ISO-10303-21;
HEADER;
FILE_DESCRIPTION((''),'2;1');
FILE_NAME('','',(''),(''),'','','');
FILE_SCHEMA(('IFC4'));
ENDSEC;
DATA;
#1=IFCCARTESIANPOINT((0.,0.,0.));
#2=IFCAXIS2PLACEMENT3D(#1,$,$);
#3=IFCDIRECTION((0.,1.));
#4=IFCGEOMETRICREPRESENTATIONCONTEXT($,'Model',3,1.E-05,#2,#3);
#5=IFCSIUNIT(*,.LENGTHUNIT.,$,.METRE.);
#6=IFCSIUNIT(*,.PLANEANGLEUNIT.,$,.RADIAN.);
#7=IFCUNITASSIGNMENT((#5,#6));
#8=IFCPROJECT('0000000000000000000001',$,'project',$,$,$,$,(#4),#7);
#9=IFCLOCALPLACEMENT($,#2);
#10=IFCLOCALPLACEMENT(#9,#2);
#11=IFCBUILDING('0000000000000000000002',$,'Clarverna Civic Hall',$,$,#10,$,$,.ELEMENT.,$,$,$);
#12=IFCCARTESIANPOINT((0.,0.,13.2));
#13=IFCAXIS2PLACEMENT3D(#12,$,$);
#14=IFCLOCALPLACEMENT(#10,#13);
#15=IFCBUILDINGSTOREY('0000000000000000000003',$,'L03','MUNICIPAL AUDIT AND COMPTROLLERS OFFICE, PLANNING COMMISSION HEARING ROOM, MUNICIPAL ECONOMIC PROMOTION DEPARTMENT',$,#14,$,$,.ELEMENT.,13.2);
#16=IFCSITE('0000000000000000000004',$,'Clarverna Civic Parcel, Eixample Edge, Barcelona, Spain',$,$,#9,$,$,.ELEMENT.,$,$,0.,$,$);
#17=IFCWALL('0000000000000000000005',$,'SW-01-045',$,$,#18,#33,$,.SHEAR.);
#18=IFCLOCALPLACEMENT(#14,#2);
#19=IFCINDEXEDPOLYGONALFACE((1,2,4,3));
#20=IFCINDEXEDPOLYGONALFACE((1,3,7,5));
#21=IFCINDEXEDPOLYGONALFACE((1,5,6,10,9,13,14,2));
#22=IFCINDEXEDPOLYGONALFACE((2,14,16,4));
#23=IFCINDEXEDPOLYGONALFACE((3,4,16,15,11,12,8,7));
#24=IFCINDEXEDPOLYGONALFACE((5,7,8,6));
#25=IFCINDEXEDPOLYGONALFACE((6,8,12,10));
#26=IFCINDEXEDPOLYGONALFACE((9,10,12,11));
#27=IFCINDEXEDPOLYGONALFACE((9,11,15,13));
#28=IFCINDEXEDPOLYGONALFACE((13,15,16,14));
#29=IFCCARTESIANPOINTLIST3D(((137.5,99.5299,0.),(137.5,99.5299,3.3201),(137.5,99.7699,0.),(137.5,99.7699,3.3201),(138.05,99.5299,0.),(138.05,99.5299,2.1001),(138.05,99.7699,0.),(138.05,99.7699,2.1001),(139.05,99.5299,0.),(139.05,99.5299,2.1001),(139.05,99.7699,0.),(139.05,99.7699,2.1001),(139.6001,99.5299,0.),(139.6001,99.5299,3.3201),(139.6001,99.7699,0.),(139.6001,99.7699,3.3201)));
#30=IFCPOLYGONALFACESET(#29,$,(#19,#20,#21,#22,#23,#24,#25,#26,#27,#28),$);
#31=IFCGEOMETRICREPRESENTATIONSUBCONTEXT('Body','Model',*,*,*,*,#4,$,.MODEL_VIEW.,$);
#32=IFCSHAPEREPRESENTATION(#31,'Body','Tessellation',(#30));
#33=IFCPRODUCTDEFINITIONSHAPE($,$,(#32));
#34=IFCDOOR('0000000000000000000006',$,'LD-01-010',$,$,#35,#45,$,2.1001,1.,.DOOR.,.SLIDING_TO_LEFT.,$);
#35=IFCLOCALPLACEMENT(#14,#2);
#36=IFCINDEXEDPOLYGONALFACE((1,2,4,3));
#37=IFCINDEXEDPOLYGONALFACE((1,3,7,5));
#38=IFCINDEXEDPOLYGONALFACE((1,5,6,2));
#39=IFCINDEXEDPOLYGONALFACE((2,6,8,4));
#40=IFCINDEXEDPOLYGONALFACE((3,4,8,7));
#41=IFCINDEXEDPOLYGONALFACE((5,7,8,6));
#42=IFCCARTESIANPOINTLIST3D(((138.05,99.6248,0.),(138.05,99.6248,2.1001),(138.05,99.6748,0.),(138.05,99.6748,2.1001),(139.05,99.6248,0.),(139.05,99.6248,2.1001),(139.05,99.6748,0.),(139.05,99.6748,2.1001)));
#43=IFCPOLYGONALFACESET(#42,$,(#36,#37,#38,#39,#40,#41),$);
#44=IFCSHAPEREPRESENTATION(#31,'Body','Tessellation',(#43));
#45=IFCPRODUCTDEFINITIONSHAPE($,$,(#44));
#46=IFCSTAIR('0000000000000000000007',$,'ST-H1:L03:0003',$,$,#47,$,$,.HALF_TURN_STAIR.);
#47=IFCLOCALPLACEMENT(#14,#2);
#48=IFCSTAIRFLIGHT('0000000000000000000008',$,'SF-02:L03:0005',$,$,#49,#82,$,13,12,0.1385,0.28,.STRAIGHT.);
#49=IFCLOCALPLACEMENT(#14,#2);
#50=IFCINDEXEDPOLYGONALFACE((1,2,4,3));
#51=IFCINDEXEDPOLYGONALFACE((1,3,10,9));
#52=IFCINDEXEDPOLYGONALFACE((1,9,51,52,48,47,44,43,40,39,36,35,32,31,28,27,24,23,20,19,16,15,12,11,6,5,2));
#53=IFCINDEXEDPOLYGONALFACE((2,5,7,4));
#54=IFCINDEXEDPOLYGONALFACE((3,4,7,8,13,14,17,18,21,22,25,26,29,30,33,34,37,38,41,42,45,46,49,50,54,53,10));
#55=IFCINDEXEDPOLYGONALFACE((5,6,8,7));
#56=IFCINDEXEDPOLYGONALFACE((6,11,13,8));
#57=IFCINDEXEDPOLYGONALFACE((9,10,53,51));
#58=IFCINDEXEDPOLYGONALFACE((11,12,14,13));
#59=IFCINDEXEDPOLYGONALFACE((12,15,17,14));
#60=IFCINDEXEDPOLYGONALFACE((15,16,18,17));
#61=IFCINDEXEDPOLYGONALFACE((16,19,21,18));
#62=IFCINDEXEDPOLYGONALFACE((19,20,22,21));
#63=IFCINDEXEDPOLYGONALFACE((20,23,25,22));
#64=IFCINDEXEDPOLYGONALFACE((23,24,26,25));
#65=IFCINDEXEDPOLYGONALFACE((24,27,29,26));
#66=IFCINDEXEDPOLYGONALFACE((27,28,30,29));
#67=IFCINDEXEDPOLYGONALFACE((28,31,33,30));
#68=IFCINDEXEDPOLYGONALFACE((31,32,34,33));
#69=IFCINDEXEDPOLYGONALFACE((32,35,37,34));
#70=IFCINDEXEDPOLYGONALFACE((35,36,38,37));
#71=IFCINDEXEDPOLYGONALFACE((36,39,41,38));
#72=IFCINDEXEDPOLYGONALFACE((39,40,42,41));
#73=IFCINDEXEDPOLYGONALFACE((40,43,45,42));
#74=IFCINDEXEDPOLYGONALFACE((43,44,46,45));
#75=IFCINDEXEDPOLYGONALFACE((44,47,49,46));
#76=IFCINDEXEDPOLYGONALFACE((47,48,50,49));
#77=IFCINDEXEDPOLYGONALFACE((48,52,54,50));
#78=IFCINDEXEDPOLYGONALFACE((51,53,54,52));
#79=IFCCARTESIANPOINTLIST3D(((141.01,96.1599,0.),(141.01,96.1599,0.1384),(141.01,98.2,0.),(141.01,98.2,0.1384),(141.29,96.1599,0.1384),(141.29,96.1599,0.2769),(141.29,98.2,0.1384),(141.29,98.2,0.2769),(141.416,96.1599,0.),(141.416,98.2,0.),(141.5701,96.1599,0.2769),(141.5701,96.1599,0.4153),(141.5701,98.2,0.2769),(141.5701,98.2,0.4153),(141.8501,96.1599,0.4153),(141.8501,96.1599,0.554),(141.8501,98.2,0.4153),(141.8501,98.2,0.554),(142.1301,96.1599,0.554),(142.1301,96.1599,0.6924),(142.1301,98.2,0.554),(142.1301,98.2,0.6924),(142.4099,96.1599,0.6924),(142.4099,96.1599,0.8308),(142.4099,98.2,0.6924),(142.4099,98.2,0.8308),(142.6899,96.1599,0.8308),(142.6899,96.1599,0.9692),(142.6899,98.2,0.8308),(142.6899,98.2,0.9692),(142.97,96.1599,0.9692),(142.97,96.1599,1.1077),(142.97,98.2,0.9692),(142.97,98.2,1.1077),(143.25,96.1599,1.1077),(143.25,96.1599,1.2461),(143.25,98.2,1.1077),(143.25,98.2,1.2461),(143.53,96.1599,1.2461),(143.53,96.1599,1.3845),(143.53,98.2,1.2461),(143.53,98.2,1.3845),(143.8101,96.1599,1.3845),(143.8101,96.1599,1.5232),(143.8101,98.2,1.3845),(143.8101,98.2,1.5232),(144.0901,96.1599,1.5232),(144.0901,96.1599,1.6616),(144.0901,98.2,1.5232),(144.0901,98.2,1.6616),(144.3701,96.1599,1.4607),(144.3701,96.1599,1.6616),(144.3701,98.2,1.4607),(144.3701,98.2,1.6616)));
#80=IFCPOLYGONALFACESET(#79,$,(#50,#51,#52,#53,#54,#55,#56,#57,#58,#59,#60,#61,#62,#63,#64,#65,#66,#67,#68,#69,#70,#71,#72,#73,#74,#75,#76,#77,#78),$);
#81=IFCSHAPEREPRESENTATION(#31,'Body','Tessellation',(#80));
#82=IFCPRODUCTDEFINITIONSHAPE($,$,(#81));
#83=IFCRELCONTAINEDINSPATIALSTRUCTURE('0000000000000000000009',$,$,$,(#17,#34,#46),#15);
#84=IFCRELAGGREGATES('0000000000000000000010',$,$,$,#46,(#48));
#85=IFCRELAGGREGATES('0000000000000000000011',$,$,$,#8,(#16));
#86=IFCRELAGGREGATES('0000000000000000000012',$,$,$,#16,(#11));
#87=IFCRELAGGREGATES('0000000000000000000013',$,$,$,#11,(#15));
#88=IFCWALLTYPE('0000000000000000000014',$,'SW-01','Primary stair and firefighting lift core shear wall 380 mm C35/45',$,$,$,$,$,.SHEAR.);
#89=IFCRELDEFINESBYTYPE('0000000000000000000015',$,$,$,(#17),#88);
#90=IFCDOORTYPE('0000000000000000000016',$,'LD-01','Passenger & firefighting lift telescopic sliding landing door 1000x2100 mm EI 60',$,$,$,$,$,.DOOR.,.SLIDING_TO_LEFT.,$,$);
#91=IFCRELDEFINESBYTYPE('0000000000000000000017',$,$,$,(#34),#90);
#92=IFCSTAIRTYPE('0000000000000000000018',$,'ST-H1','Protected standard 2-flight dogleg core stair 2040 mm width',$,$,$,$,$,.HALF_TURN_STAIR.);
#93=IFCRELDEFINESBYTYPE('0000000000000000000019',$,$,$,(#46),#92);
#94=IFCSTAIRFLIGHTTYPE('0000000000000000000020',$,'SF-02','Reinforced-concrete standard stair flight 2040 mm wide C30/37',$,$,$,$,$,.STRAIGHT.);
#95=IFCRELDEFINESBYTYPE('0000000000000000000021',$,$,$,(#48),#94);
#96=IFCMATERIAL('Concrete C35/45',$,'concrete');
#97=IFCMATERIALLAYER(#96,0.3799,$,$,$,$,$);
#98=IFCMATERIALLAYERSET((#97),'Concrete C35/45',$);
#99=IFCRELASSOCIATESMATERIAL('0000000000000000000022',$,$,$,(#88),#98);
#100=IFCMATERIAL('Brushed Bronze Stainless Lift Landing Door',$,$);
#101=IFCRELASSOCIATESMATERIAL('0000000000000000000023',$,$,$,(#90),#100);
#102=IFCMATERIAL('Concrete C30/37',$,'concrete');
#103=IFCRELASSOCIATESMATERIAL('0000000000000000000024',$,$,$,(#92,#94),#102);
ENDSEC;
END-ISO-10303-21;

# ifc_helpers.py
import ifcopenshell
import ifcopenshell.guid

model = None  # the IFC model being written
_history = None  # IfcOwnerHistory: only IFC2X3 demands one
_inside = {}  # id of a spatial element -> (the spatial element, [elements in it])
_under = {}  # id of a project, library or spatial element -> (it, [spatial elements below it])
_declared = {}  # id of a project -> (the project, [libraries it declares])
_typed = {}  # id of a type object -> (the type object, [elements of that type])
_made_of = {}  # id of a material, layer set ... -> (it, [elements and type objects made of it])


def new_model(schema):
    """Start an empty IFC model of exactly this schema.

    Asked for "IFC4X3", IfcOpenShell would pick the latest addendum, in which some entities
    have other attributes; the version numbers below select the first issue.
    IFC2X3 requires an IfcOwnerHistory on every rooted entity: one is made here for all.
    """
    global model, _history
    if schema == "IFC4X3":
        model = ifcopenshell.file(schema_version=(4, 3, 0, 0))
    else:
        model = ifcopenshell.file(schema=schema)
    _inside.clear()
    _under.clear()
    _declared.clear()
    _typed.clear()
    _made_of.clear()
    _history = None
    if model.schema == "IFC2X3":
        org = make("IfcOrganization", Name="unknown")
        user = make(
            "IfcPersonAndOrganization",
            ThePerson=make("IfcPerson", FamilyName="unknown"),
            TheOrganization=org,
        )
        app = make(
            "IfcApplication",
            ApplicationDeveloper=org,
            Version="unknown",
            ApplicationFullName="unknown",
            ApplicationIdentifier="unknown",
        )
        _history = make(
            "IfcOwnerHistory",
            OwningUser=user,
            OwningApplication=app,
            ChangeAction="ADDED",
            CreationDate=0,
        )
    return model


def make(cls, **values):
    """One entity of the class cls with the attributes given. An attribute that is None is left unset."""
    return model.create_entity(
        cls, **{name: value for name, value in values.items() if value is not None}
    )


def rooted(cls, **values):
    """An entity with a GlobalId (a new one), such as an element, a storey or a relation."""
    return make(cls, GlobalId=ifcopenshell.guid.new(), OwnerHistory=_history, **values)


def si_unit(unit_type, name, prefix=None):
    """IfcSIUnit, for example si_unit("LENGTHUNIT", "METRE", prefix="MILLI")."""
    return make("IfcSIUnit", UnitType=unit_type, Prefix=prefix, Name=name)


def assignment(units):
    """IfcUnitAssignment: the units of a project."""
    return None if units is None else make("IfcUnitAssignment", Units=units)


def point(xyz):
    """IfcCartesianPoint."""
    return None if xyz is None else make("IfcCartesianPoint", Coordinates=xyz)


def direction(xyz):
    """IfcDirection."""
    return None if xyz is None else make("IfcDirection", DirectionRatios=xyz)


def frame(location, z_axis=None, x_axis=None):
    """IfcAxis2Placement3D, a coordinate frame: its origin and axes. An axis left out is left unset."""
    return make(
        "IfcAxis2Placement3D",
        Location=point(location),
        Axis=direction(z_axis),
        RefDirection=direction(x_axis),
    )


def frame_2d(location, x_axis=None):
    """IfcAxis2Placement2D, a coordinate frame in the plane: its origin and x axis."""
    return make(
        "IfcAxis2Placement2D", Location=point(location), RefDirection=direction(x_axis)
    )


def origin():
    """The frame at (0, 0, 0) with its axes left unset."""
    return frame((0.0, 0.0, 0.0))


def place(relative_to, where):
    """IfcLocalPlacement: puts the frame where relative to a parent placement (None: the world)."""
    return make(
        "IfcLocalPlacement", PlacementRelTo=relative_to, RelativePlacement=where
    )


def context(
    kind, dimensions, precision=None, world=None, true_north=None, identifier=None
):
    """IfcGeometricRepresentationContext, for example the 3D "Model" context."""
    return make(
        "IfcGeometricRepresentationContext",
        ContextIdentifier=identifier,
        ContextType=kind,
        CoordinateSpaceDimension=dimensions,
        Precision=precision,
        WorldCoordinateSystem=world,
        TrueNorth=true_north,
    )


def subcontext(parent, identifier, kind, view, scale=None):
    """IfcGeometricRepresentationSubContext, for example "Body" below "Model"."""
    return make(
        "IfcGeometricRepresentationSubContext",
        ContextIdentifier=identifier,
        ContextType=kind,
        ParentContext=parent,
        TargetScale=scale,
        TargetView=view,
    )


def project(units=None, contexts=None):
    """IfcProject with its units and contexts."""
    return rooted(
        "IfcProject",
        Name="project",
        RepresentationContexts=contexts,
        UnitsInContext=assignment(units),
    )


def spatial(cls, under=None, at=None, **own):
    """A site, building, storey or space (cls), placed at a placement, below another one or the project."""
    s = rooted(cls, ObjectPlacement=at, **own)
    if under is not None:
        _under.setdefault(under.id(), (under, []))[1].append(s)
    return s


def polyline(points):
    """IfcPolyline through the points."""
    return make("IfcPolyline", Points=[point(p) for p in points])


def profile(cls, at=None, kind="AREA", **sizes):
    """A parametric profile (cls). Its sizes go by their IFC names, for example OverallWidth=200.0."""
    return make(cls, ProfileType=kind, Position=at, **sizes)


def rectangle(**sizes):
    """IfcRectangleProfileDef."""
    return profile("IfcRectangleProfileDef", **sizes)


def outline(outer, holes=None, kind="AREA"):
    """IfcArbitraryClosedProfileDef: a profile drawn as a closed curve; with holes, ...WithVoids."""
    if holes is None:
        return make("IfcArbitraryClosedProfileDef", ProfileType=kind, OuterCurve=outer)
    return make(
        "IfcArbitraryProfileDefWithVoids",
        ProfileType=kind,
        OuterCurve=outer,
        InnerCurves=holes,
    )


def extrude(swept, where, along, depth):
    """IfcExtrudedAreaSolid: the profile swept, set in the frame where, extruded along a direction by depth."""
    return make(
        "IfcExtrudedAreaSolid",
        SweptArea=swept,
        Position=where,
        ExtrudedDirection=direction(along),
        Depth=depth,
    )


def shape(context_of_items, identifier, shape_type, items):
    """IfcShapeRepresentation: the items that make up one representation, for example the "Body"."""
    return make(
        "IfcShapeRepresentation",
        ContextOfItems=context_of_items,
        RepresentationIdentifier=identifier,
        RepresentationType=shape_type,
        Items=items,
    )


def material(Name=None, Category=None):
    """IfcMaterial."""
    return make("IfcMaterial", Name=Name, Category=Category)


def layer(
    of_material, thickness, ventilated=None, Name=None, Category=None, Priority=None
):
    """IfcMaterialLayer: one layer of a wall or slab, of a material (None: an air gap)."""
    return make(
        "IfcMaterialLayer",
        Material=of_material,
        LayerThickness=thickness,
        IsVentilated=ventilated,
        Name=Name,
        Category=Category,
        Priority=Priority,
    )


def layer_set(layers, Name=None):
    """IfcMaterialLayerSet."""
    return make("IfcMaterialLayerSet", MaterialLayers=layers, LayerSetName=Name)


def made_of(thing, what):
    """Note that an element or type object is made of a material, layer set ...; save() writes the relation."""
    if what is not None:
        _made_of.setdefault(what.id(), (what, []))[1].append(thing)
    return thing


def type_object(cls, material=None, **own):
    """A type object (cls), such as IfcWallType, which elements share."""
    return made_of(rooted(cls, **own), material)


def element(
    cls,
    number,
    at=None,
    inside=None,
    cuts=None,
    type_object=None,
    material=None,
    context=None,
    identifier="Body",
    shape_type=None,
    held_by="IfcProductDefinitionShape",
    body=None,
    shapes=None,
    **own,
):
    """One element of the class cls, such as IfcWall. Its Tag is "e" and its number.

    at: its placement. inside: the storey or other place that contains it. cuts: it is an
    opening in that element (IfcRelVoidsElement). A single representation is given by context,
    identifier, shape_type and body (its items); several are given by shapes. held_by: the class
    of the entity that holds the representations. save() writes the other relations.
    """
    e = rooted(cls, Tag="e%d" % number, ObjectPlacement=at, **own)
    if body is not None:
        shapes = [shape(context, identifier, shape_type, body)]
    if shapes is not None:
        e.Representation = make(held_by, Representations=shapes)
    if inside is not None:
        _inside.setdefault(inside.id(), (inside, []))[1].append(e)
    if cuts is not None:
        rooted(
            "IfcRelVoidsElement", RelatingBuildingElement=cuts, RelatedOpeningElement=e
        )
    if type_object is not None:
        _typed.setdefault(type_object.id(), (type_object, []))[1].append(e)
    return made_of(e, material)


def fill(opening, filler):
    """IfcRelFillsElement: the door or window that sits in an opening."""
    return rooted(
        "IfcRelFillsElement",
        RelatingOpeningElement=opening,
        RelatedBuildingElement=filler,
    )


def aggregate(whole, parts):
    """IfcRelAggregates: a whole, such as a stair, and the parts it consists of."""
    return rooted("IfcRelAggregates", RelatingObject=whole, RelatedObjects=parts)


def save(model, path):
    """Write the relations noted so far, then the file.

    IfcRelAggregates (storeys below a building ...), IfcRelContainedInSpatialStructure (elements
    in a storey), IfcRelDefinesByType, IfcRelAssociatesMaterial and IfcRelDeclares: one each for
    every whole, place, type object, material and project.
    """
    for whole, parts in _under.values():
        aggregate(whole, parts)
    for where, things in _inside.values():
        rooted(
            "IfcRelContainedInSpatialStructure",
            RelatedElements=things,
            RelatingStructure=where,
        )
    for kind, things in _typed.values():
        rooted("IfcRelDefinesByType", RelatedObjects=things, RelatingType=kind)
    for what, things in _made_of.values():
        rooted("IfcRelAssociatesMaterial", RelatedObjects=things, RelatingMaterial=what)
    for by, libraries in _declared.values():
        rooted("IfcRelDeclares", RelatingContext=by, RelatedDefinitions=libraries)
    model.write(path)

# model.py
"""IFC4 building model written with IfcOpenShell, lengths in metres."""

from ifc_helpers import new_model, si_unit, direction, frame, frame_2d, origin, place, context, subcontext, project, spatial, polyline, rectangle, outline, extrude, material, layer, layer_set, type_object, element, fill, aggregate, save


model = new_model("IFC4")

# Units and contexts
model_context = context("Model", 3, precision=1e-05, world=origin(), true_north=direction((0.0, 1.0)))
body_context = subcontext(model_context, "Body", "Model", "MODEL_VIEW")
ifc_project = project(units=[si_unit("LENGTHUNIT", "METRE"), si_unit("PLANEANGLEUNIT", "RADIAN")], contexts=[model_context])

# Site, building, storey
site_placement = place(None, origin())
site = spatial("IfcSite", under=ifc_project, at=site_placement, Name="Clarverna Civic Parcel, Eixample Edge, Barcelona, Spain", CompositionType="ELEMENT", RefElevation=0.0)
building_placement = place(site_placement, origin())
building = spatial("IfcBuilding", under=site, at=building_placement, Name="Clarverna Civic Hall", CompositionType="ELEMENT")
storey_placement = place(building_placement, frame((0.0, 0.0, 13.2)))
storey = spatial("IfcBuildingStorey", under=building, at=storey_placement, Name="L03", Description="MUNICIPAL AUDIT AND COMPTROLLERS OFFICE, PLANNING COMMISSION HEARING ROOM, MUNICIPAL ECONOMIC PROMOTION DEPARTMENT", CompositionType="ELEMENT", Elevation=13.2)

# Shared definitions
ifc_material_1 = material(Name="Concrete C35/45", Category="concrete")
ifc_layer_1 = layer(ifc_material_1, 0.3799)
ifc_layer_set_1 = layer_set([ifc_layer_1], Name="Concrete C35/45")
wall_type_1 = type_object("IfcWallType", Name="SW-01", Description="Primary stair and firefighting lift core shear wall 380 mm C35/45", PredefinedType="SHEAR", material=ifc_layer_set_1)

# Wall, opening, door
ifc_material_2 = material(Name="Brushed Bronze Stainless Lift Landing Door")
door_type_1 = type_object("IfcDoorType", Name="LD-01", Description="Passenger & firefighting lift telescopic sliding landing door 1000x2100 mm EI 60", OperationType="SLIDING_TO_LEFT", PredefinedType="DOOR", material=ifc_material_2)
wall_1_placement = place(storey_placement, frame((137.5, 99.6499, 0.0), z_axis=(0.0, 0.0, 1.0), x_axis=(1.0, 0.0, 0.0)))
wall_1 = element("IfcWall", 1, at=wall_1_placement, inside=storey, type_object=wall_type_1, Name="SW-01-045", PredefinedType="SHEAR", context=body_context, shape_type="SweptSolid", body=[
    extrude(rectangle(XDim=2.1001, YDim=0.24, at=frame_2d((1.05, 0.0))), origin(), (0.0, 0.0, 1.0), 3.3201),
])
opening_1_placement = place(wall_1_placement, frame((0.55, 0.0, 0.0)))
opening_1 = element("IfcOpeningElement", 2, at=opening_1_placement, cuts=wall_1, PredefinedType="OPENING", context=body_context, shape_type="SweptSolid", body=[
    extrude(rectangle(XDim=1.0, YDim=2.1001, at=frame_2d((0.5, 1.05))), frame((0.0, 0.1299, 0.0), z_axis=(0.0, -1.0, 0.0), x_axis=(1.0, 0.0, 0.0)), (0.0, 0.0, 1.0), 0.26),
])
door_1_placement = place(opening_1_placement, origin())
door_1 = element("IfcDoor", 3, at=door_1_placement, inside=storey, type_object=door_type_1, Name="LD-01-010", OperationType="SLIDING_TO_LEFT", OverallHeight=2.1001, OverallWidth=1.0, PredefinedType="DOOR", context=body_context, shape_type="SweptSolid", body=[
    extrude(rectangle(XDim=1.0, YDim=2.1001, at=frame_2d((0.5, 1.05))), frame((0.0, 0.0249, 0.0), z_axis=(0.0, -1.0, 0.0), x_axis=(1.0, 0.0, 0.0)), (0.0, 0.0, 1.0), 0.05),
])
fill(opening_1, door_1)

# Stair, stair flight
ifc_material_3 = material(Name="Concrete C30/37", Category="concrete")
stair_type = type_object("IfcStairType", Name="ST-H1", Description="Protected standard 2-flight dogleg core stair 2040 mm width", PredefinedType="HALF_TURN_STAIR", material=ifc_material_3)
stair_placement = place(storey_placement, origin())
stair = element("IfcStair", 4, at=stair_placement, inside=storey, type_object=stair_type, Name="ST-H1:L03:0003", PredefinedType="HALF_TURN_STAIR")
stair_flight_type = type_object("IfcStairFlightType", Name="SF-02", Description="Reinforced-concrete standard stair flight 2040 mm wide C30/37", PredefinedType="STRAIGHT", material=ifc_material_3)
stair_flight_placement = place(storey_placement, frame((141.01, 97.1799, 0.0), z_axis=(0.0, 0.0, 1.0), x_axis=(1.0, 0.0, 0.0)))
stair_flight = element("IfcStairFlight", 5, at=stair_flight_placement, type_object=stair_flight_type, Name="SF-02:L03:0005", NumberOfRisers=13, NumberOfTreads=12, PredefinedType="STRAIGHT", RiserHeight=0.1385, TreadLength=0.28, context=body_context, shape_type="SweptSolid", body=[
    extrude(outline(polyline([(0.0, 0.0), (0.0, 0.1384), (0.28, 0.1384), (0.28, 0.2769), (0.5601, 0.2769), (0.5601, 0.4153), (0.8401, 0.4153), (0.8401, 0.554), (1.1201, 0.554), (1.1201, 0.6924), (1.3999, 0.6924), (1.3999, 0.8308), (1.6799, 0.8308), (1.6799, 0.9692), (1.96, 0.9692), (1.96, 1.1077), (2.24, 1.1077), (2.24, 1.2461), (2.52, 1.2461), (2.52, 1.3845), (2.8, 1.3845), (2.8, 1.5232), (3.0801, 1.5232), (3.0801, 1.6616), (3.3601, 1.6616), (3.3601, 1.8), (3.3601, 1.4607), (0.406, 0.0), (0.0, 0.0)])), frame((0.0, 1.02, 0.0), z_axis=(0.0, -1.0, 0.0), x_axis=(1.0, 0.0, 0.0)), (0.0, 0.0, 1.0), 2.04),
])
aggregate(stair, [stair_flight])

save(model, "model.ifc")
